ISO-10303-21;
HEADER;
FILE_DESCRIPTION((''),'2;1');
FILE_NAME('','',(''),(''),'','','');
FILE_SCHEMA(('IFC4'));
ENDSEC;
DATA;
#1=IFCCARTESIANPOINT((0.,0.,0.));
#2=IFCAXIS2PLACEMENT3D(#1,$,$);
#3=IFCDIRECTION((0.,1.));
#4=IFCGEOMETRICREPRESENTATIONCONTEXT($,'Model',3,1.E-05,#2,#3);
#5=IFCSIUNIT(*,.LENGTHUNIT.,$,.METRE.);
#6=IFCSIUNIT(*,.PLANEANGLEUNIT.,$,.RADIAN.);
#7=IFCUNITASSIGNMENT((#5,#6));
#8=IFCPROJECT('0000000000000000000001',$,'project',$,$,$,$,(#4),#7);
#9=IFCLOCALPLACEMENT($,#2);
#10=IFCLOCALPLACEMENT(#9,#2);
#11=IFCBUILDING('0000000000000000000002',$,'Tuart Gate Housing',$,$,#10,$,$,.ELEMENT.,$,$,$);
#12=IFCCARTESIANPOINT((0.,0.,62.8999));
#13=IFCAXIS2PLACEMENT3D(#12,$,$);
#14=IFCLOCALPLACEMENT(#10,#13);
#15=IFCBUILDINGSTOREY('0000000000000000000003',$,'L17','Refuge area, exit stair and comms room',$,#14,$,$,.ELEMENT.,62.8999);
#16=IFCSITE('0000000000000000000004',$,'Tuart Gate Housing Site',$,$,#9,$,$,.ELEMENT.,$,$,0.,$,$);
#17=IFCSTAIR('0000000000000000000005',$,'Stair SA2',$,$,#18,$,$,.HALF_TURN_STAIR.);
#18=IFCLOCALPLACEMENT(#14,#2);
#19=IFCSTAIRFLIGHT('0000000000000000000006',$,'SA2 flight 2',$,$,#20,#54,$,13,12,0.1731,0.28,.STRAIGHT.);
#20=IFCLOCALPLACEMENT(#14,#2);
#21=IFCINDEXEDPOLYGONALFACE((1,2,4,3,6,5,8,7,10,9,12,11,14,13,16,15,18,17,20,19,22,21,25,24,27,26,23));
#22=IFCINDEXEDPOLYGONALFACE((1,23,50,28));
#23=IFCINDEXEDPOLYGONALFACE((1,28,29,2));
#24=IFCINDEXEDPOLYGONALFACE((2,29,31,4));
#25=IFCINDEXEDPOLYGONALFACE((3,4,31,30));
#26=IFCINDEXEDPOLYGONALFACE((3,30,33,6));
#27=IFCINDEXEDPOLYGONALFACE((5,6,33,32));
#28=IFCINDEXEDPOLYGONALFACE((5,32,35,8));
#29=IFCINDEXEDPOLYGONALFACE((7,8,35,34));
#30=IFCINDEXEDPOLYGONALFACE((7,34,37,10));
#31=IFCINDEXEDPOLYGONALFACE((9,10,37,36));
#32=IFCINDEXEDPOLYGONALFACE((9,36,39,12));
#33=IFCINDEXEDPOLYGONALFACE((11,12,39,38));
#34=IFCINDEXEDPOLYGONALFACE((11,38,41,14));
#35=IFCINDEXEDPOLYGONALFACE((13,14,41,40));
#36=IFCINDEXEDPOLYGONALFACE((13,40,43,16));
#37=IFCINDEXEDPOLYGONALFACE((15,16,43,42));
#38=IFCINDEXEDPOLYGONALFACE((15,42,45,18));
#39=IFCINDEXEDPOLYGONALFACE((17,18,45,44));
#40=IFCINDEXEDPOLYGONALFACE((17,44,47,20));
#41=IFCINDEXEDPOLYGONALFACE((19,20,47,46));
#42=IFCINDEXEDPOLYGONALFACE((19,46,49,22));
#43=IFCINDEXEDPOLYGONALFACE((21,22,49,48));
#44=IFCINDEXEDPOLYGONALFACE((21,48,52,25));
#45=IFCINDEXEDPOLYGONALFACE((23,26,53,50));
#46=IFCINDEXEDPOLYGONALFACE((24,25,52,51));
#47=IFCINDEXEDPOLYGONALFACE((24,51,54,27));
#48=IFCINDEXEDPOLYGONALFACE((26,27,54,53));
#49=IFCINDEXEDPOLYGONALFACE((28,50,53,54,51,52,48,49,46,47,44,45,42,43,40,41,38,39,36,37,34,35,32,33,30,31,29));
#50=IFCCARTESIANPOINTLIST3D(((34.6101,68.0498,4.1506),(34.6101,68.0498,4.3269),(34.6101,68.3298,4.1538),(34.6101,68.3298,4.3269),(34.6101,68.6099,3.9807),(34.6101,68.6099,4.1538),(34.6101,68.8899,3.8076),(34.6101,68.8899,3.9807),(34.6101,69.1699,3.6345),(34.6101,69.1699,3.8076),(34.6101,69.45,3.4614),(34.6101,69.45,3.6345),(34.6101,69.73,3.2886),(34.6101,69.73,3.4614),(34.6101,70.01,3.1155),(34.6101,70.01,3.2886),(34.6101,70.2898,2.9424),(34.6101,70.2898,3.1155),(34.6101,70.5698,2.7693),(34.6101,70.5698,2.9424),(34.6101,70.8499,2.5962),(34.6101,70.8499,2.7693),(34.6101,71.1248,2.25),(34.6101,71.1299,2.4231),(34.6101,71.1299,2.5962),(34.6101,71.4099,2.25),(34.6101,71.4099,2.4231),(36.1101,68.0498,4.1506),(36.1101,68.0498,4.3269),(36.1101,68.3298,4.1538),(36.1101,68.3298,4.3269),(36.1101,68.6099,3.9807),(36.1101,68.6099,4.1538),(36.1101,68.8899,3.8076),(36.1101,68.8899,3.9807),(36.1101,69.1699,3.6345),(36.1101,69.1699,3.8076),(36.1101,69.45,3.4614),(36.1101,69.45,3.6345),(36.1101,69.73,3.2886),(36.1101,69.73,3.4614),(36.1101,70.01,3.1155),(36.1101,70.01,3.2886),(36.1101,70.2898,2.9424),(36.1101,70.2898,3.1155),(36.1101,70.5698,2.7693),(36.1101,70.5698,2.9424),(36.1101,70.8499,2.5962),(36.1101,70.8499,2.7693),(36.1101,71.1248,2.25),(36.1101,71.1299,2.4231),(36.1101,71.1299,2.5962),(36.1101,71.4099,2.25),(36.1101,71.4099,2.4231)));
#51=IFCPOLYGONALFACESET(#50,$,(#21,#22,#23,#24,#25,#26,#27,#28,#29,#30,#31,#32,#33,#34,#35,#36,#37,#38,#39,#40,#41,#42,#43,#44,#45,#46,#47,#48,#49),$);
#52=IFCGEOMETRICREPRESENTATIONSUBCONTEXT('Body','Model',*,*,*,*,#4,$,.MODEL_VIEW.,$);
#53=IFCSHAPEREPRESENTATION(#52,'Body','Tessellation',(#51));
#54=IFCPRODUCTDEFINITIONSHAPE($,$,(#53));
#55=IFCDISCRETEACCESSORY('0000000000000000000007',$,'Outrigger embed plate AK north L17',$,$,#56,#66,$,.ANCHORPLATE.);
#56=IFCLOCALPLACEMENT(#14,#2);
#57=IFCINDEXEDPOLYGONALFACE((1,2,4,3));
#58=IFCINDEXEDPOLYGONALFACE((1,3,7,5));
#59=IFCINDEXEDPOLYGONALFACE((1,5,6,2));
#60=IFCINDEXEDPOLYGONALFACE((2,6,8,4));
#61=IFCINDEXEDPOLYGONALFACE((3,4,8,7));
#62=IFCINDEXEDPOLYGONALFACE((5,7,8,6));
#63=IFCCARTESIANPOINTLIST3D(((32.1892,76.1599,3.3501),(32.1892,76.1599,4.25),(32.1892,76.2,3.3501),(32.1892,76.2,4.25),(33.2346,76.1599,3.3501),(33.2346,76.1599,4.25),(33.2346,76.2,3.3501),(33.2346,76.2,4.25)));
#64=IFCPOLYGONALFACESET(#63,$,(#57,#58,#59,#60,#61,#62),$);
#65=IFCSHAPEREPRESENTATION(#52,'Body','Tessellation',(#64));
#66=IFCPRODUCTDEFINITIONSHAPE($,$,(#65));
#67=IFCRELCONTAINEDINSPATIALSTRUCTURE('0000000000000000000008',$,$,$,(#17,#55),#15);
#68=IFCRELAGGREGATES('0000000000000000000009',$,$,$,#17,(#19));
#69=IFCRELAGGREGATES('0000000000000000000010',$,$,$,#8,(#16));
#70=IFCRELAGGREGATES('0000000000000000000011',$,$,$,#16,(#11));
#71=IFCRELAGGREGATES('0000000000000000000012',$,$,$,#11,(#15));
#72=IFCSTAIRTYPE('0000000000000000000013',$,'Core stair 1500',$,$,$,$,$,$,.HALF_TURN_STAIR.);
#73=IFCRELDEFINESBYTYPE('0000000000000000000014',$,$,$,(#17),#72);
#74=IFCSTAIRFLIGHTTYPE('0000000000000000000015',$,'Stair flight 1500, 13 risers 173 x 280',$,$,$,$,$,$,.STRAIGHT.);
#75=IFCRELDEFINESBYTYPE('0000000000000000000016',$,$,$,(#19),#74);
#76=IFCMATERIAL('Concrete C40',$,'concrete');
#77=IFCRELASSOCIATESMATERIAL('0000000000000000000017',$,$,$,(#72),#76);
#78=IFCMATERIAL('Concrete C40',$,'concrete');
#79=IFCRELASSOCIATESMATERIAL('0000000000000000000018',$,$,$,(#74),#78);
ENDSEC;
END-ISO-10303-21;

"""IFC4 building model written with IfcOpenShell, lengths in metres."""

from ifc_helpers import new_model, si_unit, direction, frame, origin, origin_2d, place, context, subcontext, project, spatial, polyline, rectangle, outline, extrude, material, type_object, element, aggregate, save


model = new_model("IFC4")

# Units and contexts
model_context = context("Model", 3, precision=1e-05, world=origin(), true_north=direction((0.0, 1.0)))
body_context = subcontext(model_context, "Body", "Model", "MODEL_VIEW")
ifc_project = project(units=[si_unit("LENGTHUNIT", "METRE"), si_unit("PLANEANGLEUNIT", "RADIAN")], contexts=[model_context])

# Site, building, storey
site_placement = place(None, origin())
site = spatial("IfcSite", under=ifc_project, at=site_placement, Name="Tuart Gate Housing Site", CompositionType="ELEMENT", RefElevation=0.0)
building_placement = place(site_placement, origin())
building = spatial("IfcBuilding", under=site, at=building_placement, Name="Tuart Gate Housing", CompositionType="ELEMENT")
storey_placement = place(building_placement, frame((0.0, 0.0, 62.8999)))
storey = spatial("IfcBuildingStorey", under=building, at=storey_placement, Name="L17", Description="Refuge area, exit stair and comms room", CompositionType="ELEMENT", Elevation=62.8999)

# Stair, stair flight
ifc_material_1 = material(Name="Concrete C40", Category="concrete")
stair_type = type_object("IfcStairType", Name="Core stair 1500", PredefinedType="HALF_TURN_STAIR", material=ifc_material_1)
stair_placement = place(storey_placement, origin())
stair = element("IfcStair", 1, at=stair_placement, inside=storey, type_object=stair_type, Name="Stair SA2", PredefinedType="HALF_TURN_STAIR")
ifc_material_2 = material(Name="Concrete C40", Category="concrete")
stair_flight_type = type_object("IfcStairFlightType", Name="Stair flight 1500, 13 risers 173 x 280", PredefinedType="STRAIGHT", material=ifc_material_2)
stair_flight_1_placement = place(storey_placement, frame((35.3601, 71.4099, 2.25), z_axis=(0.0, 0.0, 1.0), x_axis=(0.0, -1.0, 0.0)))
stair_flight_1 = element("IfcStairFlight", 2, at=stair_flight_1_placement, type_object=stair_flight_type, Name="SA2 flight 2", NumberOfRisers=13, NumberOfTreads=12, PredefinedType="STRAIGHT", RiserHeight=0.1731, TreadLength=0.28, context=body_context, shape_type="SweptSolid", body=[
    extrude(outline(polyline([(0.0, 0.0), (0.0, 0.1731), (0.28, 0.1731), (0.28, 0.3462), (0.5601, 0.3462), (0.5601, 0.5193), (0.8401, 0.5193), (0.8401, 0.6924), (1.1201, 0.6924), (1.1201, 0.8655), (1.3999, 0.8655), (1.3999, 1.0386), (1.6799, 1.0386), (1.6799, 1.2114), (1.96, 1.2114), (1.96, 1.3845), (2.24, 1.3845), (2.24, 1.5576), (2.52, 1.5576), (2.52, 1.7307), (2.8, 1.7307), (2.8, 1.9038), (3.0801, 1.9038), (3.0801, 2.0769), (3.3601, 2.0769), (3.3601, 2.25), (3.3601, 1.9006), (0.2852, 0.0), (0.0, 0.0)])), frame((0.0, 0.75, 0.0), z_axis=(0.0, -1.0, 0.0), x_axis=(1.0, 0.0, 0.0)), (0.0, 0.0, 1.0), 1.5),
])
aggregate(stair, [stair_flight_1])

# Discrete accessory
discrete_accessory_placement = place(storey_placement, frame((32.7119, 76.1799, 3.3501), z_axis=(0.0, 0.0, 1.0), x_axis=(1.0, 0.0, 0.0)))
element("IfcDiscreteAccessory", 3, at=discrete_accessory_placement, inside=storey, Name="Outrigger embed plate AK north L17", PredefinedType="ANCHORPLATE", context=body_context, shape_type="SweptSolid", body=[
    extrude(rectangle(XDim=1.0454, YDim=0.04, at=origin_2d()), origin(), (0.0, 0.0, 1.0), 0.8999),
])

save(model, "model.ifc")
